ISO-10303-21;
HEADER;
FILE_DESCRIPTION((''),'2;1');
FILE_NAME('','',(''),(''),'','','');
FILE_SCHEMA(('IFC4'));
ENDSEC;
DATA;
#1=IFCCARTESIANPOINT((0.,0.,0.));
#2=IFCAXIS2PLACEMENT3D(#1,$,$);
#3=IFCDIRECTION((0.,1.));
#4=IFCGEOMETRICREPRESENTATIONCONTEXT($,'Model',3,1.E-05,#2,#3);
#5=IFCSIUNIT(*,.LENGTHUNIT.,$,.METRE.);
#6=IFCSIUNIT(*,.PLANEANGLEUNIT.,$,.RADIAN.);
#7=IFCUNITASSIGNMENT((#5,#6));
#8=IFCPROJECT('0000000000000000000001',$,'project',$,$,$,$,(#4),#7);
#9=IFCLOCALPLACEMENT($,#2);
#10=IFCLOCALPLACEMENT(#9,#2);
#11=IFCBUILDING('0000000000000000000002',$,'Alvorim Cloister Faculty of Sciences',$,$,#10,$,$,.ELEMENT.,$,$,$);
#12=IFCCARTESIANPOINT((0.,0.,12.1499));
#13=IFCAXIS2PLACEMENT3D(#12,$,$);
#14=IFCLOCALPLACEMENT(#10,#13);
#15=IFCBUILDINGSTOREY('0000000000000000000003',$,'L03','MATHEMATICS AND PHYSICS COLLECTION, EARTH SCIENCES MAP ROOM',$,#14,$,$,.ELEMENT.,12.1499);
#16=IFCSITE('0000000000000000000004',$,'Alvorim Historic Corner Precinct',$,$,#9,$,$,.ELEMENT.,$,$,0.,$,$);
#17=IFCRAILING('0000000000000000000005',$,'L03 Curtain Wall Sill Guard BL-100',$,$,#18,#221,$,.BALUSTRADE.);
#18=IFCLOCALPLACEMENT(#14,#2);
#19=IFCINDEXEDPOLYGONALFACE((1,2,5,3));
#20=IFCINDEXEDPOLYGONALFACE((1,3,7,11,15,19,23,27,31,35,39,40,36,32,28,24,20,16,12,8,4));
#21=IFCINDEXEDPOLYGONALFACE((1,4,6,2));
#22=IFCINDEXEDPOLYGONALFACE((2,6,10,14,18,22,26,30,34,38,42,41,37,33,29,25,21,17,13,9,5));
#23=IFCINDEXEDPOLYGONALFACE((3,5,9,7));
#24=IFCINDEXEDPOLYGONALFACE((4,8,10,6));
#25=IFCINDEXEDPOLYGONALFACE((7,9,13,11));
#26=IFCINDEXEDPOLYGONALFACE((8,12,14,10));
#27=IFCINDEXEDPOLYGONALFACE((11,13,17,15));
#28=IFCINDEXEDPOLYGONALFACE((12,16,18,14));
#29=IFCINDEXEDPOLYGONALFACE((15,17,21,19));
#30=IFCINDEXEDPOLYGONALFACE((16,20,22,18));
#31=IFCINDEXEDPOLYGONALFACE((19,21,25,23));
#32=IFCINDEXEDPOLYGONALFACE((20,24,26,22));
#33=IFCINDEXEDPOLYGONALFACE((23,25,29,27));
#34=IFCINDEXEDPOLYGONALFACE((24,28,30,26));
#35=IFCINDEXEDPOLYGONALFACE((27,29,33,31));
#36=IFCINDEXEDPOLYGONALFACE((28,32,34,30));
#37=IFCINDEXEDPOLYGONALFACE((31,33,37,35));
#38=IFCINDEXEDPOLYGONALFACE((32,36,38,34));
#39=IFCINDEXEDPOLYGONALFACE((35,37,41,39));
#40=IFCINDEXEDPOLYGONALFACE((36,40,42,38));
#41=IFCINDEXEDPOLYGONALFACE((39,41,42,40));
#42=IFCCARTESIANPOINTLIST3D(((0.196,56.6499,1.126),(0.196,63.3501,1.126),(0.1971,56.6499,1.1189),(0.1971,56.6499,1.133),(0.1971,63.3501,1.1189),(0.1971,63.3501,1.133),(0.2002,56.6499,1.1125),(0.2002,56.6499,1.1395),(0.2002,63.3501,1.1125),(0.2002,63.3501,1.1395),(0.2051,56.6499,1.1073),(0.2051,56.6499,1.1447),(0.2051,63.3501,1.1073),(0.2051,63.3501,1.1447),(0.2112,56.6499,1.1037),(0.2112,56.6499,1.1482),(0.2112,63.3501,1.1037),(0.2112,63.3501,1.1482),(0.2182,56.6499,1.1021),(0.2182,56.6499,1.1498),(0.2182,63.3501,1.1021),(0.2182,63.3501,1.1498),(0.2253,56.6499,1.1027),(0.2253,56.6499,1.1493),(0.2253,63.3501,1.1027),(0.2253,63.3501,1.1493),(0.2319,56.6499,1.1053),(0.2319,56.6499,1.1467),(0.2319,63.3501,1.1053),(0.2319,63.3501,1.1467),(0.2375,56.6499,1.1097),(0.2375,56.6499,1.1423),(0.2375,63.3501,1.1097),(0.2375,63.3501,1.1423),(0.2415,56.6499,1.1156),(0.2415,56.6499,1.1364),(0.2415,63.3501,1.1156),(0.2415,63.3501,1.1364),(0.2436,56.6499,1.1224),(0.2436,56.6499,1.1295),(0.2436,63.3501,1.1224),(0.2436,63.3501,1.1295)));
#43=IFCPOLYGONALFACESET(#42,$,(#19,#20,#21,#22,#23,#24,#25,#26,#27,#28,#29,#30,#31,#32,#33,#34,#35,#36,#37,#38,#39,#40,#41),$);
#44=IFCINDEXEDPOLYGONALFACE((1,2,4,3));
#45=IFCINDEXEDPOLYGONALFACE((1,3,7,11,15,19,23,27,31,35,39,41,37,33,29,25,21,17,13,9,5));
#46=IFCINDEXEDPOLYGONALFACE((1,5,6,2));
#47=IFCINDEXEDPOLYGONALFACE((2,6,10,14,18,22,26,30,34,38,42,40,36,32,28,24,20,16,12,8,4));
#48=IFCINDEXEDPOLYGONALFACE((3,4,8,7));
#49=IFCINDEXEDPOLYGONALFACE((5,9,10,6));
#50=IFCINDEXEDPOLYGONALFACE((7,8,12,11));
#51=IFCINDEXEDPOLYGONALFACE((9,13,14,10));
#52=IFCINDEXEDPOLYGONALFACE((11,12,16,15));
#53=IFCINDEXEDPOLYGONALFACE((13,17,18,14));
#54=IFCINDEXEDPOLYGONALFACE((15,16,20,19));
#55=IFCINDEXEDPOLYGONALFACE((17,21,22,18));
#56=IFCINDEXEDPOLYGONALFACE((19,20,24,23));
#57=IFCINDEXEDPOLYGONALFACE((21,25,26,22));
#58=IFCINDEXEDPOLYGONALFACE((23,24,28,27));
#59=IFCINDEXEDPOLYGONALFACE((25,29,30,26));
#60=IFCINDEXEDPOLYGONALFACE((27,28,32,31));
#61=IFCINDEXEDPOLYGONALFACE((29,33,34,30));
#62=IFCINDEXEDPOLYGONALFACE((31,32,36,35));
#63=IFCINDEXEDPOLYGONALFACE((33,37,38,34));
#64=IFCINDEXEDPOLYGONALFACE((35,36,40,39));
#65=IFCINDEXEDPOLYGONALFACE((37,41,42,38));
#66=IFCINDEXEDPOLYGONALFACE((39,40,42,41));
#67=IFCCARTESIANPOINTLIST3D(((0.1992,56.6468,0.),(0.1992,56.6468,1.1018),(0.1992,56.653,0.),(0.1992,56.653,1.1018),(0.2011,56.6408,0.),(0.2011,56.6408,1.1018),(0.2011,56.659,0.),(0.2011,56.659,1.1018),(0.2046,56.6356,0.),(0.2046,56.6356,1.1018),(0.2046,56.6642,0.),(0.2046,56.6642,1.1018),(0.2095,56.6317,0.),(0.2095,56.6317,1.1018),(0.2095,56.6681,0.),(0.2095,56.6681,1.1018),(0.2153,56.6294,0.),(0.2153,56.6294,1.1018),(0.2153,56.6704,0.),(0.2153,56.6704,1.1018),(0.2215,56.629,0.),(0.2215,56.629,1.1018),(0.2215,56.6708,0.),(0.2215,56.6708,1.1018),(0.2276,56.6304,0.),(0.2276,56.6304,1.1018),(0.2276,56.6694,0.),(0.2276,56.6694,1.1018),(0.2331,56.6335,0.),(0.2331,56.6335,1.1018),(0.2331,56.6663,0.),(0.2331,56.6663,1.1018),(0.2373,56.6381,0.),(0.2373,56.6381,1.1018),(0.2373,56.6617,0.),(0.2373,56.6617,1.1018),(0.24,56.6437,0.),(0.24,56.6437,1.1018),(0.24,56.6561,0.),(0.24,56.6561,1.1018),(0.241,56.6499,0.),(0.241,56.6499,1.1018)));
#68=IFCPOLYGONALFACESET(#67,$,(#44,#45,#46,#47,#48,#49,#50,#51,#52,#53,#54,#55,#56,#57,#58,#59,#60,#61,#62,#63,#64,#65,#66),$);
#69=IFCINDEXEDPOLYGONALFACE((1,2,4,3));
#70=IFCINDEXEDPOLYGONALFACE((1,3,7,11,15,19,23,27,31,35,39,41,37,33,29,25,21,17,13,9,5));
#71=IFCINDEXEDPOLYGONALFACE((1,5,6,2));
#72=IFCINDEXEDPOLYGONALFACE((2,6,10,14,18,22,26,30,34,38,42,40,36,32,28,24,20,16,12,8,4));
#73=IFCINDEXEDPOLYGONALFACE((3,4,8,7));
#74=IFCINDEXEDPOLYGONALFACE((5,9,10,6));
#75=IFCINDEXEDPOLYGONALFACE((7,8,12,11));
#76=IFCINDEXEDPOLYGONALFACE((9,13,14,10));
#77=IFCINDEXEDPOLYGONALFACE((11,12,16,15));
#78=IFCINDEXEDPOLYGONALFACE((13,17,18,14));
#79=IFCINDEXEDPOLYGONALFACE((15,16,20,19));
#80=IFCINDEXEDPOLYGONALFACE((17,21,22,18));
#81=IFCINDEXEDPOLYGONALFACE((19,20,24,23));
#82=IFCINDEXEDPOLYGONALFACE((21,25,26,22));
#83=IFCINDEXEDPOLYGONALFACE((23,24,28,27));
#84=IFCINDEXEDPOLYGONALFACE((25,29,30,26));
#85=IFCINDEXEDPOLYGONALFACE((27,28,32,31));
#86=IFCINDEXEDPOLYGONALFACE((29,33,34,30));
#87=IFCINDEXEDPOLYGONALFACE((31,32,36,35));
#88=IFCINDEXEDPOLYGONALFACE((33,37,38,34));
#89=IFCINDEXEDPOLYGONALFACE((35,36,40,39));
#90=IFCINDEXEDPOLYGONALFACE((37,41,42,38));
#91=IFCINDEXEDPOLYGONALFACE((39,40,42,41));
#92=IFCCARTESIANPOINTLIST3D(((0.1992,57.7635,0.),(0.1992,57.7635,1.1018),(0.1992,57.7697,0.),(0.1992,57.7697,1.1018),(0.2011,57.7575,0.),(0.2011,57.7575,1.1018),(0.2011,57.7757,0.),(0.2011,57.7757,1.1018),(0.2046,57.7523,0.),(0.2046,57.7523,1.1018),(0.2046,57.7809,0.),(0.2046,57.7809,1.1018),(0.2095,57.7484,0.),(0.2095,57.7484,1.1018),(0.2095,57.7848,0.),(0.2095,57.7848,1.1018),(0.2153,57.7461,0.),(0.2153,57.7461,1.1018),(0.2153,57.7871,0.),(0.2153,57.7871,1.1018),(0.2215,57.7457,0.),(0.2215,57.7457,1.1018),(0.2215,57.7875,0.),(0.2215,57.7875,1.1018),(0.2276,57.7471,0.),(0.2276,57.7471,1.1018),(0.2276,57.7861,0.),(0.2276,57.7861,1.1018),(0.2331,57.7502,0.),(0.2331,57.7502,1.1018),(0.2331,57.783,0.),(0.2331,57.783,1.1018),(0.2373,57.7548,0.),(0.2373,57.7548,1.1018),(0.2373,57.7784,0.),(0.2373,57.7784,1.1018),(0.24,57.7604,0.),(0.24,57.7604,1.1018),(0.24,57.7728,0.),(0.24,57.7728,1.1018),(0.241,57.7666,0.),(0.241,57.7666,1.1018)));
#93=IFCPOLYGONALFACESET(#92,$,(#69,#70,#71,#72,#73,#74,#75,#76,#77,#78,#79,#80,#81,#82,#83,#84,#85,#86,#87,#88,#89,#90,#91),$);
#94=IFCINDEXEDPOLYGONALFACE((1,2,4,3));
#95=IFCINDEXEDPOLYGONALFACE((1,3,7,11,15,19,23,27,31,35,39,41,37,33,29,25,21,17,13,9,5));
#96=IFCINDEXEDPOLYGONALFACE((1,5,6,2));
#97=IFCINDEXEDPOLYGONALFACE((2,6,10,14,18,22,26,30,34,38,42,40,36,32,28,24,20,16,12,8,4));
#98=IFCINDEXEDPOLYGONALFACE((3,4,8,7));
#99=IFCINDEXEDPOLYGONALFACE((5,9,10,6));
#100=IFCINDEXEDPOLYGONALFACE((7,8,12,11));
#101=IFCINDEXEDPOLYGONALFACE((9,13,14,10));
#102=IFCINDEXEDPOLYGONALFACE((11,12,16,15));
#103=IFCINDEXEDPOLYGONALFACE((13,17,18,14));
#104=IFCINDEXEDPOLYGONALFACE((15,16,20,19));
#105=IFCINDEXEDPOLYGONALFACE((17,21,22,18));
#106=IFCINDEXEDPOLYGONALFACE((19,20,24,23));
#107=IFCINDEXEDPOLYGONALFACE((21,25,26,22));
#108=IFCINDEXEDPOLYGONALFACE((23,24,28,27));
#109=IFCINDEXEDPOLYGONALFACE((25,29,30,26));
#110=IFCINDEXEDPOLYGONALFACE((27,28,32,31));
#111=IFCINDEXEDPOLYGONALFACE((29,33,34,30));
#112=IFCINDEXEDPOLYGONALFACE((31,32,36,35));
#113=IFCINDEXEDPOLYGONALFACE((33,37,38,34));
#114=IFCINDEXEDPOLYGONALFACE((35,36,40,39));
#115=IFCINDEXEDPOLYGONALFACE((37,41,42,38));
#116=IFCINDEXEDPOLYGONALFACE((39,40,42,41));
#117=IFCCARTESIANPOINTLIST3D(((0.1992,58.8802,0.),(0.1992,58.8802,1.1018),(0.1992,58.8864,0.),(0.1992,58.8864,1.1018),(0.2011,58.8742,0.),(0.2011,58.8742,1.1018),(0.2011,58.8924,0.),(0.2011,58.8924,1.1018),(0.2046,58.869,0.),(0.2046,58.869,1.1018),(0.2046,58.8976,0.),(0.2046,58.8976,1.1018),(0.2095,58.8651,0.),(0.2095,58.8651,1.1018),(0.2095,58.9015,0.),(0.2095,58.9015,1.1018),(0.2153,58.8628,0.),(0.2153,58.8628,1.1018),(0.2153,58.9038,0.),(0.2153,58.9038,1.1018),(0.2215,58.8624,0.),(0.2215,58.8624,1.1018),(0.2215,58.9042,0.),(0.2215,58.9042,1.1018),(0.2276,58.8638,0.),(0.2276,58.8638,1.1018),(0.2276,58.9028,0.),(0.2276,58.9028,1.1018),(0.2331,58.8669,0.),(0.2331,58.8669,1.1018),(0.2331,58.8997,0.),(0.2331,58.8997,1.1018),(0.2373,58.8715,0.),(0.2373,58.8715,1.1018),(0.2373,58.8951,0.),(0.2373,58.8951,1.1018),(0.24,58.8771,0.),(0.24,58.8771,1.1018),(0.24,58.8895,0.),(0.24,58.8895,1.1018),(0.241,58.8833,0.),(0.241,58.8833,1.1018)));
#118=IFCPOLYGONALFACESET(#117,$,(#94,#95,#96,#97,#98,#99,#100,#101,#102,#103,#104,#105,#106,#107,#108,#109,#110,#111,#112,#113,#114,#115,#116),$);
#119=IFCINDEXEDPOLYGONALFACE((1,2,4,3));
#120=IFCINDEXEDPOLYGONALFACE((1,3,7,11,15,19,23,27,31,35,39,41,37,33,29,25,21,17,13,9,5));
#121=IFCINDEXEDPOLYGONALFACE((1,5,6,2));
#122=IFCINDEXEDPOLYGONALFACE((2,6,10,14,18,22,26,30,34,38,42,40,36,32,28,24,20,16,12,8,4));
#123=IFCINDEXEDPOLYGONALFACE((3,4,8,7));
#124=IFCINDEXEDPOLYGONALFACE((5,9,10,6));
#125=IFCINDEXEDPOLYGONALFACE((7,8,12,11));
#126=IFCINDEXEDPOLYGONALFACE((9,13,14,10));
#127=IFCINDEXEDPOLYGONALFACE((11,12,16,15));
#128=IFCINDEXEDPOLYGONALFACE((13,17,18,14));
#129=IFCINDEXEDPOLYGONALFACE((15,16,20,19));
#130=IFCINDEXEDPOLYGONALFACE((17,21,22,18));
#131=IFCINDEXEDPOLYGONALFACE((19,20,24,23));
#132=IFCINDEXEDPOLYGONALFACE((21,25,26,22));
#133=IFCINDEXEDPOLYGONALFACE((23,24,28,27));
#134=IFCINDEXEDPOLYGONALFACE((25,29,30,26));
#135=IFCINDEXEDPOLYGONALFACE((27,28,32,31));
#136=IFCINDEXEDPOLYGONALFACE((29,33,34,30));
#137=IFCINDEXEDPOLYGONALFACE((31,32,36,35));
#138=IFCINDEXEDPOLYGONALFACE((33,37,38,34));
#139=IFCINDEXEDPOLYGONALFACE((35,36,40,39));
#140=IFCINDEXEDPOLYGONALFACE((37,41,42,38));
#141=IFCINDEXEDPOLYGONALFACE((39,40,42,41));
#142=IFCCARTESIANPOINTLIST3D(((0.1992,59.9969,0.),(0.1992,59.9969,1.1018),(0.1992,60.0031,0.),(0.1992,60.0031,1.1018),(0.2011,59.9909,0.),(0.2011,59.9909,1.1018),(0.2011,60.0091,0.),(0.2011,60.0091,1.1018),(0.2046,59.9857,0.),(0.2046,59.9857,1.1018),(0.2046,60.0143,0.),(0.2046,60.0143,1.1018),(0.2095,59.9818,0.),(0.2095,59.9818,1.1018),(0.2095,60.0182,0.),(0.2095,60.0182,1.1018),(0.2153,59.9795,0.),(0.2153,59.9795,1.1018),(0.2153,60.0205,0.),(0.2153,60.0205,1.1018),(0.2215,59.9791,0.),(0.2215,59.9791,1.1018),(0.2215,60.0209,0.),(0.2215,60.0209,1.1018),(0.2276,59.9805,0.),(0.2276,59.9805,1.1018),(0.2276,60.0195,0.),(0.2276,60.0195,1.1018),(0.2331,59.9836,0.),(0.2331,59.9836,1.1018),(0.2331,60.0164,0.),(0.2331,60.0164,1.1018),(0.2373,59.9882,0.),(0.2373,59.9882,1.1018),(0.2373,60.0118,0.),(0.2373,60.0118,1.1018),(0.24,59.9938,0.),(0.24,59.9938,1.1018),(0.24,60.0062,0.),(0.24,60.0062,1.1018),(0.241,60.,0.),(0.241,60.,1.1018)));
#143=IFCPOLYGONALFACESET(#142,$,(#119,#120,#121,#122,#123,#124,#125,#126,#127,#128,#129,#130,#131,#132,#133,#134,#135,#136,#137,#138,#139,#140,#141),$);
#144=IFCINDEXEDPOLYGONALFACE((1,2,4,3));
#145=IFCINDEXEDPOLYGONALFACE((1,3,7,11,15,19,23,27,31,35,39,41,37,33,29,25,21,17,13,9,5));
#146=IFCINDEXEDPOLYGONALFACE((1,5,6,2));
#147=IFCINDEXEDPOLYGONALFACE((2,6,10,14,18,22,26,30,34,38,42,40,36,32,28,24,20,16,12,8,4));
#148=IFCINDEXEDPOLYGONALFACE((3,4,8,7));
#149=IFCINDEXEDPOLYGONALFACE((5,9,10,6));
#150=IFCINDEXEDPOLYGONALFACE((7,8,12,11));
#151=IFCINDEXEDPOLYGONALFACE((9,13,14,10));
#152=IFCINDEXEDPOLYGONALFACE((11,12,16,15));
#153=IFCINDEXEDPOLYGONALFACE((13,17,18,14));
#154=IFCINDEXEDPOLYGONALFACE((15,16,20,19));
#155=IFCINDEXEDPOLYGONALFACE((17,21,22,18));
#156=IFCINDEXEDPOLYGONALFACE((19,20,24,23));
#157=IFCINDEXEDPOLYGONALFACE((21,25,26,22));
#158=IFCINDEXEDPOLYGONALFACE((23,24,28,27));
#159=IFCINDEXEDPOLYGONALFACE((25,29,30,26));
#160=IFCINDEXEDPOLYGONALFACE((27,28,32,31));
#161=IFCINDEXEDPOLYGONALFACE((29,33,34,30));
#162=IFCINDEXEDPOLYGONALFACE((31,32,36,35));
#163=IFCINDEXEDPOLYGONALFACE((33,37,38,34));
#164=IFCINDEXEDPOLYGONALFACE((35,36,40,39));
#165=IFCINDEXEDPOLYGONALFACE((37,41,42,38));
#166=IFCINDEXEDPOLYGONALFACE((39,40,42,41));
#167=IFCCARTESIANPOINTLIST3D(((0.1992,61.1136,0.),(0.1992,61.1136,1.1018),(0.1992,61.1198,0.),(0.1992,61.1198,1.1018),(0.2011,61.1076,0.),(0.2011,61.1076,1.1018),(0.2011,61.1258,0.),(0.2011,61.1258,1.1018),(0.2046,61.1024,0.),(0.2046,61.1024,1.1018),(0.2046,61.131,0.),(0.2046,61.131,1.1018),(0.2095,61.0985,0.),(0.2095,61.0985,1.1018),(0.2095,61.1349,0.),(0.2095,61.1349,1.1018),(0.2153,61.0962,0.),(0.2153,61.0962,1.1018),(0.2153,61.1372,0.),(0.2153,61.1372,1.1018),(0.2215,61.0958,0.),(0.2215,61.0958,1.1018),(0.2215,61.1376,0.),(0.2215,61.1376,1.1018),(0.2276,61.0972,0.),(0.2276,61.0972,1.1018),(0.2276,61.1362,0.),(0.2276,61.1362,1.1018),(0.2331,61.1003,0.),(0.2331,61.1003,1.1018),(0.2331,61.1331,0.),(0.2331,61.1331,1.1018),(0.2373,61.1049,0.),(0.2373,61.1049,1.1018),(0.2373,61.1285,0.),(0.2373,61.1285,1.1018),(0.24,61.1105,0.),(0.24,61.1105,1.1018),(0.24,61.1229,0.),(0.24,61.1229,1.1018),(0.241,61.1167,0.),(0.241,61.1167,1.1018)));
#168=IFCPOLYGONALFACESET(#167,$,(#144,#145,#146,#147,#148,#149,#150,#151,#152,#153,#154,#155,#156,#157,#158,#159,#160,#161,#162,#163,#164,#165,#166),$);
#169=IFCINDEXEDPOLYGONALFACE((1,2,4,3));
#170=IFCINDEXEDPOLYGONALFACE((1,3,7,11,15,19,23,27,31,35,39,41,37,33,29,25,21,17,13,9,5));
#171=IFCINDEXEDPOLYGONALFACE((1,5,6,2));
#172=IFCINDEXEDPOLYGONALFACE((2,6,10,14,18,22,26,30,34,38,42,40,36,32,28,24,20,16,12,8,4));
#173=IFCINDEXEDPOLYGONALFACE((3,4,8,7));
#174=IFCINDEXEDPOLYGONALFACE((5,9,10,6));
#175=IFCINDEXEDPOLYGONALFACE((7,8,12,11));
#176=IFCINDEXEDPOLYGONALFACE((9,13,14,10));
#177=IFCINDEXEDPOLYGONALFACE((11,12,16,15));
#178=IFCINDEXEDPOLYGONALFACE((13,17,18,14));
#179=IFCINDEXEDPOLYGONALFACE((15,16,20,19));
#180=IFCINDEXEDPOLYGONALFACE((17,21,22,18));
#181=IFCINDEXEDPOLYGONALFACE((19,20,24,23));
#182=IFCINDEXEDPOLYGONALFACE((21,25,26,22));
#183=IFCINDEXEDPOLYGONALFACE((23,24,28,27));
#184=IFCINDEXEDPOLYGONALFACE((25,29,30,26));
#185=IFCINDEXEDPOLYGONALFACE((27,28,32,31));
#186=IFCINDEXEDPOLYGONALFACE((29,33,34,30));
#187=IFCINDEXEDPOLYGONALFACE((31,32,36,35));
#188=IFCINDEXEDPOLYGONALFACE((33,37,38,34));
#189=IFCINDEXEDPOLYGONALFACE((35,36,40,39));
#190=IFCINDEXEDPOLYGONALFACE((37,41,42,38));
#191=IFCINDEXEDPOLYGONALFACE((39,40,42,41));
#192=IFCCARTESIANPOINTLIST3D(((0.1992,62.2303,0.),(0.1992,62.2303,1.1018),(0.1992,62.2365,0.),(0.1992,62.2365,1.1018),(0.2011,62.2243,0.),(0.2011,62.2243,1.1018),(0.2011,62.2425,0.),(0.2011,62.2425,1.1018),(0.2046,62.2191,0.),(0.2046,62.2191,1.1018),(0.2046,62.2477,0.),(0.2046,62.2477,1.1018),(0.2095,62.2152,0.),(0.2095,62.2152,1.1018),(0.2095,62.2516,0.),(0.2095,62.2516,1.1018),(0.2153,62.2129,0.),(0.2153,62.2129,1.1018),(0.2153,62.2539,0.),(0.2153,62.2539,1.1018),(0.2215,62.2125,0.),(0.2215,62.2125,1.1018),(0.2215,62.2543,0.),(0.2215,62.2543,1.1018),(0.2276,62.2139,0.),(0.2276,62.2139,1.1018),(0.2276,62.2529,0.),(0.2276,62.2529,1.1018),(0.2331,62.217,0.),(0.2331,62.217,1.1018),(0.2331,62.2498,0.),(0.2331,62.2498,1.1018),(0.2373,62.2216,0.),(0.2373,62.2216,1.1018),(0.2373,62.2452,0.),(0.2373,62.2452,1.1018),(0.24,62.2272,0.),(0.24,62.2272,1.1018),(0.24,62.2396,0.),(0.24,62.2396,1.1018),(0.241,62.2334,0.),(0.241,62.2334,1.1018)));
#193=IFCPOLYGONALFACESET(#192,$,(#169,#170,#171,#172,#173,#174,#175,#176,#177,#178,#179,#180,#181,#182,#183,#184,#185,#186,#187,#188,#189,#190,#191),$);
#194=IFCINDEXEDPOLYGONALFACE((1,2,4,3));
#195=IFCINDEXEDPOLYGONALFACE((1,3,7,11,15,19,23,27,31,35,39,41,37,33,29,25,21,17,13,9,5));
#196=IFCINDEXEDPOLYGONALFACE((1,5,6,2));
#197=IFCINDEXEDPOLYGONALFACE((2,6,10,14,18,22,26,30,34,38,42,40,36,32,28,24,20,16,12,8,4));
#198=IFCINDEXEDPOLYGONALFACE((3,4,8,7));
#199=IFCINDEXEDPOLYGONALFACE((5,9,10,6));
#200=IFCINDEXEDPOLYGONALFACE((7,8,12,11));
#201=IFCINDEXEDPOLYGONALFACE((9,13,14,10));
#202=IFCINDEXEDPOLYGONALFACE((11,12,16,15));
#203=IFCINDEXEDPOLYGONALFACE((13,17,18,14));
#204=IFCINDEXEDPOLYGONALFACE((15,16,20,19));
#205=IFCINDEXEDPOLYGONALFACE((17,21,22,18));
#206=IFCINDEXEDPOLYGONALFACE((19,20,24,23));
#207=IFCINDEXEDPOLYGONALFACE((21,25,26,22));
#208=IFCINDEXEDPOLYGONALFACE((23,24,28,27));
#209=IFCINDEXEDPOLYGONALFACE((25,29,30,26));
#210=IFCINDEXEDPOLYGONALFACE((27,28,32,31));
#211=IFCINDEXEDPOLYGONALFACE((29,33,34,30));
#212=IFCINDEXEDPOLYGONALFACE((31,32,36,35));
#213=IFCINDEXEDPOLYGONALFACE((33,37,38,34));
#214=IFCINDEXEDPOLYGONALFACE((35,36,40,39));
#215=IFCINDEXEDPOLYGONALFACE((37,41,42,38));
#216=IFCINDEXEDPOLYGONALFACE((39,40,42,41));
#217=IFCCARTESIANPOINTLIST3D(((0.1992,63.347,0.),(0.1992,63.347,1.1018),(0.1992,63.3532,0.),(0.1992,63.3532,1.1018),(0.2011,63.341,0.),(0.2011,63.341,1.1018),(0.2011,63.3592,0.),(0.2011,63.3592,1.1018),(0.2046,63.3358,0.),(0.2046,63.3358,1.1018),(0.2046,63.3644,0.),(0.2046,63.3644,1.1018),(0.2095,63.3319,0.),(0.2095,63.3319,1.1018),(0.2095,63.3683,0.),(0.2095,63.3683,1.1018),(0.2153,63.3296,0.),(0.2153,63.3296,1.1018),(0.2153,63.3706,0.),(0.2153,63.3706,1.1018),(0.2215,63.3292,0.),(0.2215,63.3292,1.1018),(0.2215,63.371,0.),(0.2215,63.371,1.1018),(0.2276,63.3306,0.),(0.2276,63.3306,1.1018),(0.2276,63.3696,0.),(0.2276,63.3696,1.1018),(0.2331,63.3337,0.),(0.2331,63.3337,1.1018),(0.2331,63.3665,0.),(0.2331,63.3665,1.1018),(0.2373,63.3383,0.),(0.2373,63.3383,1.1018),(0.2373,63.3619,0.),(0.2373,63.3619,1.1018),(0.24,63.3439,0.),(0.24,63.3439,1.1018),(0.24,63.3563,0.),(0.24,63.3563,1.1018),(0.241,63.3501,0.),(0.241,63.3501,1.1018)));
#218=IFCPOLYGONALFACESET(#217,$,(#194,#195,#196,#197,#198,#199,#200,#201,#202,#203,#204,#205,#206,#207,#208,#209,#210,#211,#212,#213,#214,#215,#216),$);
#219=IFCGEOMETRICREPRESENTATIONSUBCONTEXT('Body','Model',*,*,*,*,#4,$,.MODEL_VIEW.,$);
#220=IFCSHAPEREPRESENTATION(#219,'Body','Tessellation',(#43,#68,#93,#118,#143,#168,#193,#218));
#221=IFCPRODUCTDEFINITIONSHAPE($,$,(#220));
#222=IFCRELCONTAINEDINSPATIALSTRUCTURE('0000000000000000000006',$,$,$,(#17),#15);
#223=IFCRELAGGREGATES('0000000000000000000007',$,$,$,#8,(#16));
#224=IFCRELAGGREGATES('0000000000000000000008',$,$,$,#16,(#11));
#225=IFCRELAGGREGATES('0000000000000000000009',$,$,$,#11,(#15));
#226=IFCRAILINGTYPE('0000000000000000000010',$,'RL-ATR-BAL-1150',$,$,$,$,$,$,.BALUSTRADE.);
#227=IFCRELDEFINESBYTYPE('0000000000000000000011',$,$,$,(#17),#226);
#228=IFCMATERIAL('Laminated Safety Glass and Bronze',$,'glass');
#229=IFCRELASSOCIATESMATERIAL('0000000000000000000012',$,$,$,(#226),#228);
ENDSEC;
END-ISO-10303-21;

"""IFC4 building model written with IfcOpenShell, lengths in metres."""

from ifc_helpers import new_model, si_unit, direction, frame, origin, origin_2d, place, context, subcontext, project, spatial, circle, extrude, material, type_object, element, save


model = new_model("IFC4")

# Units and contexts
model_context = context("Model", 3, precision=1e-05, world=origin(), true_north=direction((0.0, 1.0)))
body_context = subcontext(model_context, "Body", "Model", "MODEL_VIEW")
ifc_project = project(units=[si_unit("LENGTHUNIT", "METRE"), si_unit("PLANEANGLEUNIT", "RADIAN")], contexts=[model_context])

# Site, building, storey
site_placement = place(None, origin())
site = spatial("IfcSite", under=ifc_project, at=site_placement, Name="Alvorim Historic Corner Precinct", CompositionType="ELEMENT", RefElevation=0.0)
building_placement = place(site_placement, origin())
building = spatial("IfcBuilding", under=site, at=building_placement, Name="Alvorim Cloister Faculty of Sciences", CompositionType="ELEMENT")
storey_placement = place(building_placement, frame((0.0, 0.0, 12.1499)))
storey = spatial("IfcBuildingStorey", under=building, at=storey_placement, Name="L03", Description="MATHEMATICS AND PHYSICS COLLECTION, EARTH SCIENCES MAP ROOM", CompositionType="ELEMENT", Elevation=12.1499)

# Railing
ifc_material_1 = material(Name="Laminated Safety Glass and Bronze", Category="glass")
railing_type = type_object("IfcRailingType", Name="RL-ATR-BAL-1150", PredefinedType="BALUSTRADE", material=ifc_material_1)
railing_1_placement = place(storey_placement, frame((0.22, 56.6499, 0.0)))
element("IfcRailing", 1, at=railing_1_placement, inside=storey, type_object=railing_type, Name="L03 Curtain Wall Sill Guard BL-100", PredefinedType="BALUSTRADE", context=body_context, shape_type="SweptSolid", body=[
    extrude(circle(Radius=0.0239, at=origin_2d()), frame((0.0, 0.0, 1.126), z_axis=(0.0, 1.0, 0.0), x_axis=(-1.0, 0.0, 0.0)), (0.0, 0.0, 1.0), 6.7002),
    extrude(circle(Radius=0.021, at=origin_2d()), origin(), (0.0, 0.0, 1.0), 1.1018),
    extrude(circle(Radius=0.021, at=origin_2d()), frame((0.0, 1.1167, 0.0)), (0.0, 0.0, 1.0), 1.1018),
    extrude(circle(Radius=0.021, at=origin_2d()), frame((0.0, 2.2334, 0.0)), (0.0, 0.0, 1.0), 1.1018),
    extrude(circle(Radius=0.021, at=origin_2d()), frame((0.0, 3.3501, 0.0)), (0.0, 0.0, 1.0), 1.1018),
    extrude(circle(Radius=0.021, at=origin_2d()), frame((0.0, 4.4668, 0.0)), (0.0, 0.0, 1.0), 1.1018),
    extrude(circle(Radius=0.021, at=origin_2d()), frame((0.0, 5.5835, 0.0)), (0.0, 0.0, 1.0), 1.1018),
    extrude(circle(Radius=0.021, at=origin_2d()), frame((0.0, 6.7002, 0.0)), (0.0, 0.0, 1.0), 1.1018),
])

save(model, "model.ifc")
